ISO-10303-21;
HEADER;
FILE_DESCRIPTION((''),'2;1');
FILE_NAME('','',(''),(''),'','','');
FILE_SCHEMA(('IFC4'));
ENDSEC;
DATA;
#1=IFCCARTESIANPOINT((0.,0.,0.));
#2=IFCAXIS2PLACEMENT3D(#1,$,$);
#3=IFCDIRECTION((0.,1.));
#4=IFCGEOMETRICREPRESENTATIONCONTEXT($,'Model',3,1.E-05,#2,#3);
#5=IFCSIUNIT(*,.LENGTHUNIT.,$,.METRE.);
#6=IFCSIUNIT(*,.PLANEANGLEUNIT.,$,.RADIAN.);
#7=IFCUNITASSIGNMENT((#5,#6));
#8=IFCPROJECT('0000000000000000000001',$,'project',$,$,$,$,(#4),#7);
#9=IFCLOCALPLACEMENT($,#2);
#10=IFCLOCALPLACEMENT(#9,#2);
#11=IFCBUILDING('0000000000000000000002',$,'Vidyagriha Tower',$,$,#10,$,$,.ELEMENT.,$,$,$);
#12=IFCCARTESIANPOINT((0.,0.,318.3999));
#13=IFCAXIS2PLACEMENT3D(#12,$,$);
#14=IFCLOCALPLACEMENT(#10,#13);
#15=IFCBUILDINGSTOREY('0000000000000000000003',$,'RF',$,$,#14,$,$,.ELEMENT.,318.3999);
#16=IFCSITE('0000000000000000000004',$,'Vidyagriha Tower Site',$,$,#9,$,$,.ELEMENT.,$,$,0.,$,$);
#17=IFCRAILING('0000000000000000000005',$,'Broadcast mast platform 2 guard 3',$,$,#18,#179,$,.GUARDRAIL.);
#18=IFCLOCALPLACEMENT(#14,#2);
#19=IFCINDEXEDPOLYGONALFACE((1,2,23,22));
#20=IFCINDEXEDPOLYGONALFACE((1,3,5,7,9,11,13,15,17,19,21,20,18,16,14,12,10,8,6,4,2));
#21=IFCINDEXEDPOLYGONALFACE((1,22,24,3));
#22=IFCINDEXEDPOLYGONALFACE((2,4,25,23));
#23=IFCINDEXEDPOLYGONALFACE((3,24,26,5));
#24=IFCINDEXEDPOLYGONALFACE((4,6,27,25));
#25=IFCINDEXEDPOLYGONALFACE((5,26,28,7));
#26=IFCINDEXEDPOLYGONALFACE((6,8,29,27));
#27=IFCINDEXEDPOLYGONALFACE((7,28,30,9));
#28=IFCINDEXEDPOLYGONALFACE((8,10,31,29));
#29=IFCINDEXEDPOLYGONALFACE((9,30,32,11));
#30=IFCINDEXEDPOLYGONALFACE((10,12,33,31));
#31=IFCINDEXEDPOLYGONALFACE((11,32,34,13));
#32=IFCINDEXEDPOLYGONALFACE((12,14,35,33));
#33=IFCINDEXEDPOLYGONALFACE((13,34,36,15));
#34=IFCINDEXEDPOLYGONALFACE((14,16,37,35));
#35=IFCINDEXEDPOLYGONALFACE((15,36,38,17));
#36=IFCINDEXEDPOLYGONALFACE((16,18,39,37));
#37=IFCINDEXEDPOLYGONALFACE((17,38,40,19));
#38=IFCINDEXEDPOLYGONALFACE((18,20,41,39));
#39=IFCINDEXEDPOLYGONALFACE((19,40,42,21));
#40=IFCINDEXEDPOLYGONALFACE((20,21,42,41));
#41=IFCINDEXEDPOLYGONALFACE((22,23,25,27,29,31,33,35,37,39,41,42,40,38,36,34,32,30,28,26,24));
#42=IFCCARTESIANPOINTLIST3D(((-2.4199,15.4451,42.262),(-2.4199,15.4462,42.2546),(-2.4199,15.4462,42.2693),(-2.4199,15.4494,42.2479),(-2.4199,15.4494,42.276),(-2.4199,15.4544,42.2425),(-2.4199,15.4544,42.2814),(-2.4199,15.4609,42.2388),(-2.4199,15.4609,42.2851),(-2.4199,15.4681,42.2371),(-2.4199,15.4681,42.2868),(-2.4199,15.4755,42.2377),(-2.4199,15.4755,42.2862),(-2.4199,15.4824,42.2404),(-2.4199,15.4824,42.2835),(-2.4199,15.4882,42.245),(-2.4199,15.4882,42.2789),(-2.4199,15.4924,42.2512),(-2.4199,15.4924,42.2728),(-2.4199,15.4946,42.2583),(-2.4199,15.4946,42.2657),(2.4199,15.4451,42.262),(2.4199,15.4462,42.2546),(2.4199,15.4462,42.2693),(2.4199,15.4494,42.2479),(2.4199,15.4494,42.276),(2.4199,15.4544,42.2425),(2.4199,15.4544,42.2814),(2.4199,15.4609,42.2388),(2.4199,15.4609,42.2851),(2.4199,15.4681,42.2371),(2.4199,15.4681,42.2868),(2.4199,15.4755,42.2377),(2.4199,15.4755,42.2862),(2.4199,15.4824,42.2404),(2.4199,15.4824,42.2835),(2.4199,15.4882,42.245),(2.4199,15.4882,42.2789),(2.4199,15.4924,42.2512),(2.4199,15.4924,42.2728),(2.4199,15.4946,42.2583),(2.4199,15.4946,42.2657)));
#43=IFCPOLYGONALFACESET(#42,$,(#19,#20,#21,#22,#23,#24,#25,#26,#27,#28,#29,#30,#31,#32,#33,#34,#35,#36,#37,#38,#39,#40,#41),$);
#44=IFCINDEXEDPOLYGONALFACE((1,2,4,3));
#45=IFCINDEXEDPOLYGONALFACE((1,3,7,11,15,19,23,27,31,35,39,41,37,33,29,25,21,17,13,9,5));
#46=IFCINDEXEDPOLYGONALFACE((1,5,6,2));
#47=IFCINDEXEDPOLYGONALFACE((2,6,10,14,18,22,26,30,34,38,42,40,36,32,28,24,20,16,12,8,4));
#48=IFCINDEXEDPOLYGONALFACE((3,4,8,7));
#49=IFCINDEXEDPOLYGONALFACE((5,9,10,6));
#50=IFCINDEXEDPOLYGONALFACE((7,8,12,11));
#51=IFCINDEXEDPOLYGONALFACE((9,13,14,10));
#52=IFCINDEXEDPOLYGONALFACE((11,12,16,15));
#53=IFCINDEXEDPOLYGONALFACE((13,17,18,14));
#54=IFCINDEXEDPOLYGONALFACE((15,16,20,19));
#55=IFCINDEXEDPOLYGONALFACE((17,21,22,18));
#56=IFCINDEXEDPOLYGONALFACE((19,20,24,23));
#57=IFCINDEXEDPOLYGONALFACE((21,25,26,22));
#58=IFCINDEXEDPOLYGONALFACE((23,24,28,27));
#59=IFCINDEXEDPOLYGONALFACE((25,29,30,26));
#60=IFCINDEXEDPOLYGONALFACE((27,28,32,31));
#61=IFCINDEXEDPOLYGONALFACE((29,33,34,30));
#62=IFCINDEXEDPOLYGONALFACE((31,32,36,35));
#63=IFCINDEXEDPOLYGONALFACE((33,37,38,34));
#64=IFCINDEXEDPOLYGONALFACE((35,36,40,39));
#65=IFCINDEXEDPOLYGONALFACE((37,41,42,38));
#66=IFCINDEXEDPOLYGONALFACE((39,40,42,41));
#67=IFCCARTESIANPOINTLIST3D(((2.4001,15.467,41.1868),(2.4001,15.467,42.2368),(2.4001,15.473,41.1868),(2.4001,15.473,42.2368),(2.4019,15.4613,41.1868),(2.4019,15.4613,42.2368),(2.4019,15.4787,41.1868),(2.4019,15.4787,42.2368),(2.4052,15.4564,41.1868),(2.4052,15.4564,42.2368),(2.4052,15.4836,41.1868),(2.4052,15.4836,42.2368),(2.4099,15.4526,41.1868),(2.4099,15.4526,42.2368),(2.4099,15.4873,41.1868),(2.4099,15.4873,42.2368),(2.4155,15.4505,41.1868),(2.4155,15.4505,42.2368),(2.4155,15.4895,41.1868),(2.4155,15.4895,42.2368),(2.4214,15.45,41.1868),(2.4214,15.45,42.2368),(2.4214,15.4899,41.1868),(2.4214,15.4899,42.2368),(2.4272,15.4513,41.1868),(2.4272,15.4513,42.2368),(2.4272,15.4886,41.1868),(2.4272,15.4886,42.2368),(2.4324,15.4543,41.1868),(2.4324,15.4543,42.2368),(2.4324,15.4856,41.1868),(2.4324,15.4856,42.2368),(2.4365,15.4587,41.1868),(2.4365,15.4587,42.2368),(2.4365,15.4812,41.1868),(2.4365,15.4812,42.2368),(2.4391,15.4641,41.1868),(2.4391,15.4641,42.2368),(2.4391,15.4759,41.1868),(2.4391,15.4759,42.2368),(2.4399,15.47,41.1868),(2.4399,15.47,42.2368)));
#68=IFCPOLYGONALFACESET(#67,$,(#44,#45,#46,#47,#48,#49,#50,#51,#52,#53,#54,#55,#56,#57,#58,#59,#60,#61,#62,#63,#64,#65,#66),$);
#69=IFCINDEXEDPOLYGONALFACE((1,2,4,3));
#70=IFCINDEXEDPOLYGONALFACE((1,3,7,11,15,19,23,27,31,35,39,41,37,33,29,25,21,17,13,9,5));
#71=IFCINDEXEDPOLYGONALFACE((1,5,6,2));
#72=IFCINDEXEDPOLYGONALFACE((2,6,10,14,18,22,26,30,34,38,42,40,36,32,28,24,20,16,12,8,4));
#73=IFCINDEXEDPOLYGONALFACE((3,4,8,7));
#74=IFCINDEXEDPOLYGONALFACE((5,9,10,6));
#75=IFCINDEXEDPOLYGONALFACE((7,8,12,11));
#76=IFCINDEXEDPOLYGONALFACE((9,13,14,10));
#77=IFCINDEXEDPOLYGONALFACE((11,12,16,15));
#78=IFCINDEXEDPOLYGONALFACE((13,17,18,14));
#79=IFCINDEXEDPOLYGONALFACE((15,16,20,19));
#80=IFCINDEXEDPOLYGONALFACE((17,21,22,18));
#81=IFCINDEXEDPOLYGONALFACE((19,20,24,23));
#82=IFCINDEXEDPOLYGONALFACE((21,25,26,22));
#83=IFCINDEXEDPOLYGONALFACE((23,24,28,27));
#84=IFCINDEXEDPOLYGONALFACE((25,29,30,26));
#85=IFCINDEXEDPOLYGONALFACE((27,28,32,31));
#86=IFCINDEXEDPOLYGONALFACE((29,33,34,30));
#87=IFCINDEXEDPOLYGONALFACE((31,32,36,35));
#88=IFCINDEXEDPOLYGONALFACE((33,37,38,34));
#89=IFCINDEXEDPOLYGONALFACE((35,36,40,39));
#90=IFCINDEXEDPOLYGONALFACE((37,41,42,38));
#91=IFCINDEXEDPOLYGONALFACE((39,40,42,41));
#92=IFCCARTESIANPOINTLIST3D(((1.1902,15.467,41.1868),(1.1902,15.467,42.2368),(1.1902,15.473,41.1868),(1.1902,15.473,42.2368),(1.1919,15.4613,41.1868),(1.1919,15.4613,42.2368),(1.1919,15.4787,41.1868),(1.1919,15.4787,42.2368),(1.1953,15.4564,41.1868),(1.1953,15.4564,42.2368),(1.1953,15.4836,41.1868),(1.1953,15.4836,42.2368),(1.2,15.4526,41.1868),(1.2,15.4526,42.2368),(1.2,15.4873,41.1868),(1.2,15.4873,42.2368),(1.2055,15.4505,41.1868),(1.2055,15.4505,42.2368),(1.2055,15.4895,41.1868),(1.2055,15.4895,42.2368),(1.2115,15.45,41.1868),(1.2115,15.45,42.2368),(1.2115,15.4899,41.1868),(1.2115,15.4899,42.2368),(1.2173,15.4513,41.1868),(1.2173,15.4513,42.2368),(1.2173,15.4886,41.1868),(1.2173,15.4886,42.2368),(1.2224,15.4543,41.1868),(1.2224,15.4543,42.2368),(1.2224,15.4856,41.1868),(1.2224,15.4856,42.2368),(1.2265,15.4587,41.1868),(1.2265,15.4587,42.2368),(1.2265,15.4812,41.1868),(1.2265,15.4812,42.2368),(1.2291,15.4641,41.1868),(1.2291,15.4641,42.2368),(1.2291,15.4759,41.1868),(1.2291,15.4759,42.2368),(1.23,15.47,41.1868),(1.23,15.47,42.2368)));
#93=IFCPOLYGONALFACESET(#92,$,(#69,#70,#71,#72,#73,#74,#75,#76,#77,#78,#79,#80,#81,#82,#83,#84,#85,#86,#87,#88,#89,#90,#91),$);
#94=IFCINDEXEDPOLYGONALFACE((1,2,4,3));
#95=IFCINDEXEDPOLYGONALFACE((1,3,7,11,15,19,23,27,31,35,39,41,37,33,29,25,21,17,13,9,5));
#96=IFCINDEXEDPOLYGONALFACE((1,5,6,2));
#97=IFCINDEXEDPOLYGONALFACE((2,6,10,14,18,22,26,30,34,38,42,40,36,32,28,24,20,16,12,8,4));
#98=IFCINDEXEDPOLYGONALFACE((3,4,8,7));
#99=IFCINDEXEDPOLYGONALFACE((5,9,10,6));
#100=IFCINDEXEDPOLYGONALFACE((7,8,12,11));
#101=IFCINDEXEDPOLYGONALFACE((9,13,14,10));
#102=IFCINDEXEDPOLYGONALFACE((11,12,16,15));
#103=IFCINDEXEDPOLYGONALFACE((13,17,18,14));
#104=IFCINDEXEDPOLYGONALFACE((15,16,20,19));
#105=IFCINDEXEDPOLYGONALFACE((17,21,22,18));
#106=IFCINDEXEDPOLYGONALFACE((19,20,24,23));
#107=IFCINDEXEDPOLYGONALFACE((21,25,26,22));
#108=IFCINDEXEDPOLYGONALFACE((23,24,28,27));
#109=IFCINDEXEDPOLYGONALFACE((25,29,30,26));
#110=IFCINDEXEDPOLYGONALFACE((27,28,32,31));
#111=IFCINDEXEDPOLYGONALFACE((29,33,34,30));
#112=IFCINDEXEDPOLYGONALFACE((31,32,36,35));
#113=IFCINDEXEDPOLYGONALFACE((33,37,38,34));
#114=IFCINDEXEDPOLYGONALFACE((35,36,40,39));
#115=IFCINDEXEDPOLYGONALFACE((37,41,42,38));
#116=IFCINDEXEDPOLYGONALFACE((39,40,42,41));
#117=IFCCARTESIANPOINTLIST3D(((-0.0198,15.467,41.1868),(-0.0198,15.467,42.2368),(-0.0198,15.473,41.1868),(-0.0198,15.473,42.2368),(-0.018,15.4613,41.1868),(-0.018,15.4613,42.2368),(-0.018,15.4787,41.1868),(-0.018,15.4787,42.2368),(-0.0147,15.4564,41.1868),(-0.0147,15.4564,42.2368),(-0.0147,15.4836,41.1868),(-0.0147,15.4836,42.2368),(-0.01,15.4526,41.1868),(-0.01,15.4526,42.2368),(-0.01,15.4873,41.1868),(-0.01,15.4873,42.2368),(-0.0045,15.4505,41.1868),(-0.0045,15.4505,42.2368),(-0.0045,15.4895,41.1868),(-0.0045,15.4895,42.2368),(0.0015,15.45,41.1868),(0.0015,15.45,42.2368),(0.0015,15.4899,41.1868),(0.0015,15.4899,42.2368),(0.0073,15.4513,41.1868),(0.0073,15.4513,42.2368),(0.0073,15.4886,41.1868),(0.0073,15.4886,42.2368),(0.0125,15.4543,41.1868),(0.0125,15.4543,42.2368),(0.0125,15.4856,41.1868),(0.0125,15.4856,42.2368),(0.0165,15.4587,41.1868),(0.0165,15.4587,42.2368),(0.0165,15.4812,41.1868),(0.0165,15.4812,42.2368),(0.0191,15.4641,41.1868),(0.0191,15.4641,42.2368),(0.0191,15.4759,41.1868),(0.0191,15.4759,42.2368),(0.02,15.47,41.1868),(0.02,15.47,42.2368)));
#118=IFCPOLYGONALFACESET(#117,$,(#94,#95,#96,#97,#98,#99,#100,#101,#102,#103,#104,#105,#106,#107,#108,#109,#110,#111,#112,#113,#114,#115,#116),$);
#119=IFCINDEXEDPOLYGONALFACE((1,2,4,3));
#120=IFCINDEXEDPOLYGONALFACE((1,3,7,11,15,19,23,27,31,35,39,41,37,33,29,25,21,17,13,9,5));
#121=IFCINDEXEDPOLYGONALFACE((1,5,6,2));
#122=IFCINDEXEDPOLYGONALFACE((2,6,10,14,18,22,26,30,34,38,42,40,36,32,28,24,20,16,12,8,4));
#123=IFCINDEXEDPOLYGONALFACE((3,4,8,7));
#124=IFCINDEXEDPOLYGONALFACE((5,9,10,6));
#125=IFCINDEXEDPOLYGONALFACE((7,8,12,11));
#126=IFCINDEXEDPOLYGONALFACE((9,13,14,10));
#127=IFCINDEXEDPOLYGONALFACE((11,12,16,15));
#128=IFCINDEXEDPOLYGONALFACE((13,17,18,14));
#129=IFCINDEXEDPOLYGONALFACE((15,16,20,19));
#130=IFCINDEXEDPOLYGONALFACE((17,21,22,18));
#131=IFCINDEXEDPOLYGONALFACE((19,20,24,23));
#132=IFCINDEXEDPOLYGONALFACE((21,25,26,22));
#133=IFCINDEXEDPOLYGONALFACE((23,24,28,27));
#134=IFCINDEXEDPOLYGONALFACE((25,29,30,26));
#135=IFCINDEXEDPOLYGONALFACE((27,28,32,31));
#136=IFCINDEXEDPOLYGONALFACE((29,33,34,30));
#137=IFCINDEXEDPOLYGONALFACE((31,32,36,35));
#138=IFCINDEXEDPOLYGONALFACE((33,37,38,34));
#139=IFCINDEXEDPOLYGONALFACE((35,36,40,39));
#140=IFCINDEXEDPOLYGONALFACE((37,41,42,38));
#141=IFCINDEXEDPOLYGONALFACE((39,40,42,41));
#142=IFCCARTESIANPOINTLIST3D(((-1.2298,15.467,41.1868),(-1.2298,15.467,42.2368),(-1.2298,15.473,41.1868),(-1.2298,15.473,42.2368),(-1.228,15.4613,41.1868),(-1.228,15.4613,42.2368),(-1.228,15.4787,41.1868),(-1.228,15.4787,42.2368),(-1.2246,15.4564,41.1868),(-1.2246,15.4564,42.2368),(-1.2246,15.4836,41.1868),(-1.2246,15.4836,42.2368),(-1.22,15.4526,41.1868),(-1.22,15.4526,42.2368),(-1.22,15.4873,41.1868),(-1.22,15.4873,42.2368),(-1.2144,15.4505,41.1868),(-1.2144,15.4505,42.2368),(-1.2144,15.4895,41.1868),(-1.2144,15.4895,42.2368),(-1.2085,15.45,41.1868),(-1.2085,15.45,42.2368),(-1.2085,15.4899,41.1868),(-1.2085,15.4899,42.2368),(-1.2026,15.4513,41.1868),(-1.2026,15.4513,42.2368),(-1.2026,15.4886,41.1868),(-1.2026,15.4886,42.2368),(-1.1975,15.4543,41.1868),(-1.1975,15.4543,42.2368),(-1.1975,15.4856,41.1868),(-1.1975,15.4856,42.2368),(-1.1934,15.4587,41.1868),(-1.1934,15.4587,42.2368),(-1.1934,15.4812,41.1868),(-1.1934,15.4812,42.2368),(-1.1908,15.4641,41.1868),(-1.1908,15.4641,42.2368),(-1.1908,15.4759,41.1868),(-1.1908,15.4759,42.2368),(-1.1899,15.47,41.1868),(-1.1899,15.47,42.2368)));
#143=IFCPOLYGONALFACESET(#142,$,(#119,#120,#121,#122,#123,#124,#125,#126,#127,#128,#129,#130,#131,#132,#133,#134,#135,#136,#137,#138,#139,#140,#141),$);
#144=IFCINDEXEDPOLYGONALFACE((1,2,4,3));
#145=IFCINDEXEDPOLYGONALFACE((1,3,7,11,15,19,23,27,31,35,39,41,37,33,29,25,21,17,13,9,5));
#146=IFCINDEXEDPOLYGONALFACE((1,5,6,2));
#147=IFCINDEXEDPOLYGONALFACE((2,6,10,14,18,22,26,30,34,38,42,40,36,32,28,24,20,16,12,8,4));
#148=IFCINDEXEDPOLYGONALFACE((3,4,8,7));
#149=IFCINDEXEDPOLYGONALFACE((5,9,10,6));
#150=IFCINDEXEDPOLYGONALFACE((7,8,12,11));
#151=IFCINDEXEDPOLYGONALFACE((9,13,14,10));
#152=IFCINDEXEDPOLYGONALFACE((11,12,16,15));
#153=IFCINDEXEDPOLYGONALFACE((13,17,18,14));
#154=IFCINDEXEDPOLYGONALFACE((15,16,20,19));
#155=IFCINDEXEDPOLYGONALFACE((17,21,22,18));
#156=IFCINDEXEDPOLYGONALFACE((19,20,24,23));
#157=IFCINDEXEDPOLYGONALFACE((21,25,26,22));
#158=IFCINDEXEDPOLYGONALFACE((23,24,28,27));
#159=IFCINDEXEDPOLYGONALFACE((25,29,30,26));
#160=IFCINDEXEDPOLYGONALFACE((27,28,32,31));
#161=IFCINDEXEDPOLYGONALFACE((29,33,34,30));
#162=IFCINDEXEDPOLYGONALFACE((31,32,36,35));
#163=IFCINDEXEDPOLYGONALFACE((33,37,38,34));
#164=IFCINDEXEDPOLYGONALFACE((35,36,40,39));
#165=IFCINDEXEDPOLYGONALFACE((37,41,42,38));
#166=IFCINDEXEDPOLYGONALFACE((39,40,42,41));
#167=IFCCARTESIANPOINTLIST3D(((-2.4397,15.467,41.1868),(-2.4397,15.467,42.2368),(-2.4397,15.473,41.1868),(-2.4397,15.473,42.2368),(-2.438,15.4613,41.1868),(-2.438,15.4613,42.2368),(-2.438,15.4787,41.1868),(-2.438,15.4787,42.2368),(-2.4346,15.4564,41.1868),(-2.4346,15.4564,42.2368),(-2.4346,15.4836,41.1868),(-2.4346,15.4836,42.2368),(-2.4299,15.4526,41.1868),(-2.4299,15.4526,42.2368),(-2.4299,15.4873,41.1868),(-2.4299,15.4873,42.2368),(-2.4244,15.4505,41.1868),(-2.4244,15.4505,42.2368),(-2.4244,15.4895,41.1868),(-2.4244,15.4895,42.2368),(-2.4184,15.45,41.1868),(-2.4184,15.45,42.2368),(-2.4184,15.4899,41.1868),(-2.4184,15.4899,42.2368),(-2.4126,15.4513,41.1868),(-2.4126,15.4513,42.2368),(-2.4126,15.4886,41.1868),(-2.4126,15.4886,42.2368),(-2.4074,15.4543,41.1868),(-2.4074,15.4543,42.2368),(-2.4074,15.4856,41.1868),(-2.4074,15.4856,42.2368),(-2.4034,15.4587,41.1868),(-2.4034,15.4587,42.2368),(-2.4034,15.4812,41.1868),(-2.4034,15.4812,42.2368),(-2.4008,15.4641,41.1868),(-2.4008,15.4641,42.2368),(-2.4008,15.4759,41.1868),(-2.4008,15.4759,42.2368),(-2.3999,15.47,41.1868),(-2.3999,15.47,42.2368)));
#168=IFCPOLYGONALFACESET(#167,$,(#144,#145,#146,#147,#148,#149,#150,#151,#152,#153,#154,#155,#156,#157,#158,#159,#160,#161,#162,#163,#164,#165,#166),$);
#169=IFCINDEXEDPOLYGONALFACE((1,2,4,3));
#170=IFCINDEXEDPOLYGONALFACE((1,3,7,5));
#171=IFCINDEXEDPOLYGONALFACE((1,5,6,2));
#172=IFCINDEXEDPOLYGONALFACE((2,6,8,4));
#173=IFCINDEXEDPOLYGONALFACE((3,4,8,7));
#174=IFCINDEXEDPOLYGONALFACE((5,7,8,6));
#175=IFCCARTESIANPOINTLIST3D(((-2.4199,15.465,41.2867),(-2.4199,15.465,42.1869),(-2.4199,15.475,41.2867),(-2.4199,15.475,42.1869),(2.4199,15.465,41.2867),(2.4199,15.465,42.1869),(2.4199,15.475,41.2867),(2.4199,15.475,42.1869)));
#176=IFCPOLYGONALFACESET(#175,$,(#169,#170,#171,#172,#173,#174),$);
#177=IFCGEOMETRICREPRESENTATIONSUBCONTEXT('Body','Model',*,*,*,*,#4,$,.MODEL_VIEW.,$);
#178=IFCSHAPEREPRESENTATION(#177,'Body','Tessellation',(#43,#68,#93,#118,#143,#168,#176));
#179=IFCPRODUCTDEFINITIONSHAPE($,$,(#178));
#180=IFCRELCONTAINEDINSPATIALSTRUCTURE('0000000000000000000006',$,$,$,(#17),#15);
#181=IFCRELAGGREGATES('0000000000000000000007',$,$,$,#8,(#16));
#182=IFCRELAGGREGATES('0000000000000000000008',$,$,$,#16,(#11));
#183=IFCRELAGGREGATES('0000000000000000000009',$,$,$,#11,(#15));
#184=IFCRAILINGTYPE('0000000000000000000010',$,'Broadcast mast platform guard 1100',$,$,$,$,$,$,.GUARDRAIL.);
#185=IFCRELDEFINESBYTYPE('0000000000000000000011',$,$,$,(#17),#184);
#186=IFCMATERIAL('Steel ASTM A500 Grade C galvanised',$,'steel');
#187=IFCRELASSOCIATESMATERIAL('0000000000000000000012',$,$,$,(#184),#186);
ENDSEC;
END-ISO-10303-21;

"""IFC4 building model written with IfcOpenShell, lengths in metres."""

from ifc_helpers import new_model, si_unit, direction, frame, origin, origin_2d, place, context, subcontext, project, spatial, rectangle, circle, extrude, material, type_object, element, save


model = new_model("IFC4")

# Units and contexts
model_context = context("Model", 3, precision=1e-05, world=origin(), true_north=direction((0.0, 1.0)))
body_context = subcontext(model_context, "Body", "Model", "MODEL_VIEW")
ifc_project = project(units=[si_unit("LENGTHUNIT", "METRE"), si_unit("PLANEANGLEUNIT", "RADIAN")], contexts=[model_context])

# Site, building, storey
site_placement = place(None, origin())
site = spatial("IfcSite", under=ifc_project, at=site_placement, Name="Vidyagriha Tower Site", CompositionType="ELEMENT", RefElevation=0.0)
building_placement = place(site_placement, origin())
building = spatial("IfcBuilding", under=site, at=building_placement, Name="Vidyagriha Tower", CompositionType="ELEMENT")
storey_placement = place(building_placement, frame((0.0, 0.0, 318.3999)))
storey = spatial("IfcBuildingStorey", under=building, at=storey_placement, Name="RF", CompositionType="ELEMENT", Elevation=318.3999)

# Railing
ifc_material_1 = material(Name="Steel ASTM A500 Grade C galvanised", Category="steel")
railing_type = type_object("IfcRailingType", Name="Broadcast mast platform guard 1100", PredefinedType="GUARDRAIL", material=ifc_material_1)
railing_1_placement = place(storey_placement, frame((2.4199, 15.47, 41.1868)))
element("IfcRailing", 1, at=railing_1_placement, inside=storey, type_object=railing_type, Name="Broadcast mast platform 2 guard 3", PredefinedType="GUARDRAIL", context=body_context, shape_type="SweptSolid", body=[
    extrude(circle(Radius=0.0249, at=origin_2d()), frame((0.0, 0.0, 1.0752), z_axis=(-1.0, 0.0, 0.0), x_axis=(0.0, -1.0, 0.0)), (0.0, 0.0, 1.0), 4.8398),
    extrude(circle(Radius=0.02, at=origin_2d()), origin(), (0.0, 0.0, 1.0), 1.05),
    extrude(circle(Radius=0.02, at=origin_2d()), frame((-1.21, 0.0, 0.0)), (0.0, 0.0, 1.0), 1.05),
    extrude(circle(Radius=0.02, at=origin_2d()), frame((-2.4199, 0.0, 0.0)), (0.0, 0.0, 1.0), 1.05),
    extrude(circle(Radius=0.02, at=origin_2d()), frame((-3.6299, 0.0, 0.0)), (0.0, 0.0, 1.0), 1.05),
    extrude(circle(Radius=0.02, at=origin_2d()), frame((-4.8398, 0.0, 0.0)), (0.0, 0.0, 1.0), 1.05),
    extrude(rectangle(XDim=0.01, YDim=0.9001, at=origin_2d()), frame((0.0, 0.0, 0.55), z_axis=(-1.0, 0.0, 0.0), x_axis=(0.0, -1.0, 0.0)), (0.0, 0.0, 1.0), 4.8398),
])

save(model, "model.ifc")
